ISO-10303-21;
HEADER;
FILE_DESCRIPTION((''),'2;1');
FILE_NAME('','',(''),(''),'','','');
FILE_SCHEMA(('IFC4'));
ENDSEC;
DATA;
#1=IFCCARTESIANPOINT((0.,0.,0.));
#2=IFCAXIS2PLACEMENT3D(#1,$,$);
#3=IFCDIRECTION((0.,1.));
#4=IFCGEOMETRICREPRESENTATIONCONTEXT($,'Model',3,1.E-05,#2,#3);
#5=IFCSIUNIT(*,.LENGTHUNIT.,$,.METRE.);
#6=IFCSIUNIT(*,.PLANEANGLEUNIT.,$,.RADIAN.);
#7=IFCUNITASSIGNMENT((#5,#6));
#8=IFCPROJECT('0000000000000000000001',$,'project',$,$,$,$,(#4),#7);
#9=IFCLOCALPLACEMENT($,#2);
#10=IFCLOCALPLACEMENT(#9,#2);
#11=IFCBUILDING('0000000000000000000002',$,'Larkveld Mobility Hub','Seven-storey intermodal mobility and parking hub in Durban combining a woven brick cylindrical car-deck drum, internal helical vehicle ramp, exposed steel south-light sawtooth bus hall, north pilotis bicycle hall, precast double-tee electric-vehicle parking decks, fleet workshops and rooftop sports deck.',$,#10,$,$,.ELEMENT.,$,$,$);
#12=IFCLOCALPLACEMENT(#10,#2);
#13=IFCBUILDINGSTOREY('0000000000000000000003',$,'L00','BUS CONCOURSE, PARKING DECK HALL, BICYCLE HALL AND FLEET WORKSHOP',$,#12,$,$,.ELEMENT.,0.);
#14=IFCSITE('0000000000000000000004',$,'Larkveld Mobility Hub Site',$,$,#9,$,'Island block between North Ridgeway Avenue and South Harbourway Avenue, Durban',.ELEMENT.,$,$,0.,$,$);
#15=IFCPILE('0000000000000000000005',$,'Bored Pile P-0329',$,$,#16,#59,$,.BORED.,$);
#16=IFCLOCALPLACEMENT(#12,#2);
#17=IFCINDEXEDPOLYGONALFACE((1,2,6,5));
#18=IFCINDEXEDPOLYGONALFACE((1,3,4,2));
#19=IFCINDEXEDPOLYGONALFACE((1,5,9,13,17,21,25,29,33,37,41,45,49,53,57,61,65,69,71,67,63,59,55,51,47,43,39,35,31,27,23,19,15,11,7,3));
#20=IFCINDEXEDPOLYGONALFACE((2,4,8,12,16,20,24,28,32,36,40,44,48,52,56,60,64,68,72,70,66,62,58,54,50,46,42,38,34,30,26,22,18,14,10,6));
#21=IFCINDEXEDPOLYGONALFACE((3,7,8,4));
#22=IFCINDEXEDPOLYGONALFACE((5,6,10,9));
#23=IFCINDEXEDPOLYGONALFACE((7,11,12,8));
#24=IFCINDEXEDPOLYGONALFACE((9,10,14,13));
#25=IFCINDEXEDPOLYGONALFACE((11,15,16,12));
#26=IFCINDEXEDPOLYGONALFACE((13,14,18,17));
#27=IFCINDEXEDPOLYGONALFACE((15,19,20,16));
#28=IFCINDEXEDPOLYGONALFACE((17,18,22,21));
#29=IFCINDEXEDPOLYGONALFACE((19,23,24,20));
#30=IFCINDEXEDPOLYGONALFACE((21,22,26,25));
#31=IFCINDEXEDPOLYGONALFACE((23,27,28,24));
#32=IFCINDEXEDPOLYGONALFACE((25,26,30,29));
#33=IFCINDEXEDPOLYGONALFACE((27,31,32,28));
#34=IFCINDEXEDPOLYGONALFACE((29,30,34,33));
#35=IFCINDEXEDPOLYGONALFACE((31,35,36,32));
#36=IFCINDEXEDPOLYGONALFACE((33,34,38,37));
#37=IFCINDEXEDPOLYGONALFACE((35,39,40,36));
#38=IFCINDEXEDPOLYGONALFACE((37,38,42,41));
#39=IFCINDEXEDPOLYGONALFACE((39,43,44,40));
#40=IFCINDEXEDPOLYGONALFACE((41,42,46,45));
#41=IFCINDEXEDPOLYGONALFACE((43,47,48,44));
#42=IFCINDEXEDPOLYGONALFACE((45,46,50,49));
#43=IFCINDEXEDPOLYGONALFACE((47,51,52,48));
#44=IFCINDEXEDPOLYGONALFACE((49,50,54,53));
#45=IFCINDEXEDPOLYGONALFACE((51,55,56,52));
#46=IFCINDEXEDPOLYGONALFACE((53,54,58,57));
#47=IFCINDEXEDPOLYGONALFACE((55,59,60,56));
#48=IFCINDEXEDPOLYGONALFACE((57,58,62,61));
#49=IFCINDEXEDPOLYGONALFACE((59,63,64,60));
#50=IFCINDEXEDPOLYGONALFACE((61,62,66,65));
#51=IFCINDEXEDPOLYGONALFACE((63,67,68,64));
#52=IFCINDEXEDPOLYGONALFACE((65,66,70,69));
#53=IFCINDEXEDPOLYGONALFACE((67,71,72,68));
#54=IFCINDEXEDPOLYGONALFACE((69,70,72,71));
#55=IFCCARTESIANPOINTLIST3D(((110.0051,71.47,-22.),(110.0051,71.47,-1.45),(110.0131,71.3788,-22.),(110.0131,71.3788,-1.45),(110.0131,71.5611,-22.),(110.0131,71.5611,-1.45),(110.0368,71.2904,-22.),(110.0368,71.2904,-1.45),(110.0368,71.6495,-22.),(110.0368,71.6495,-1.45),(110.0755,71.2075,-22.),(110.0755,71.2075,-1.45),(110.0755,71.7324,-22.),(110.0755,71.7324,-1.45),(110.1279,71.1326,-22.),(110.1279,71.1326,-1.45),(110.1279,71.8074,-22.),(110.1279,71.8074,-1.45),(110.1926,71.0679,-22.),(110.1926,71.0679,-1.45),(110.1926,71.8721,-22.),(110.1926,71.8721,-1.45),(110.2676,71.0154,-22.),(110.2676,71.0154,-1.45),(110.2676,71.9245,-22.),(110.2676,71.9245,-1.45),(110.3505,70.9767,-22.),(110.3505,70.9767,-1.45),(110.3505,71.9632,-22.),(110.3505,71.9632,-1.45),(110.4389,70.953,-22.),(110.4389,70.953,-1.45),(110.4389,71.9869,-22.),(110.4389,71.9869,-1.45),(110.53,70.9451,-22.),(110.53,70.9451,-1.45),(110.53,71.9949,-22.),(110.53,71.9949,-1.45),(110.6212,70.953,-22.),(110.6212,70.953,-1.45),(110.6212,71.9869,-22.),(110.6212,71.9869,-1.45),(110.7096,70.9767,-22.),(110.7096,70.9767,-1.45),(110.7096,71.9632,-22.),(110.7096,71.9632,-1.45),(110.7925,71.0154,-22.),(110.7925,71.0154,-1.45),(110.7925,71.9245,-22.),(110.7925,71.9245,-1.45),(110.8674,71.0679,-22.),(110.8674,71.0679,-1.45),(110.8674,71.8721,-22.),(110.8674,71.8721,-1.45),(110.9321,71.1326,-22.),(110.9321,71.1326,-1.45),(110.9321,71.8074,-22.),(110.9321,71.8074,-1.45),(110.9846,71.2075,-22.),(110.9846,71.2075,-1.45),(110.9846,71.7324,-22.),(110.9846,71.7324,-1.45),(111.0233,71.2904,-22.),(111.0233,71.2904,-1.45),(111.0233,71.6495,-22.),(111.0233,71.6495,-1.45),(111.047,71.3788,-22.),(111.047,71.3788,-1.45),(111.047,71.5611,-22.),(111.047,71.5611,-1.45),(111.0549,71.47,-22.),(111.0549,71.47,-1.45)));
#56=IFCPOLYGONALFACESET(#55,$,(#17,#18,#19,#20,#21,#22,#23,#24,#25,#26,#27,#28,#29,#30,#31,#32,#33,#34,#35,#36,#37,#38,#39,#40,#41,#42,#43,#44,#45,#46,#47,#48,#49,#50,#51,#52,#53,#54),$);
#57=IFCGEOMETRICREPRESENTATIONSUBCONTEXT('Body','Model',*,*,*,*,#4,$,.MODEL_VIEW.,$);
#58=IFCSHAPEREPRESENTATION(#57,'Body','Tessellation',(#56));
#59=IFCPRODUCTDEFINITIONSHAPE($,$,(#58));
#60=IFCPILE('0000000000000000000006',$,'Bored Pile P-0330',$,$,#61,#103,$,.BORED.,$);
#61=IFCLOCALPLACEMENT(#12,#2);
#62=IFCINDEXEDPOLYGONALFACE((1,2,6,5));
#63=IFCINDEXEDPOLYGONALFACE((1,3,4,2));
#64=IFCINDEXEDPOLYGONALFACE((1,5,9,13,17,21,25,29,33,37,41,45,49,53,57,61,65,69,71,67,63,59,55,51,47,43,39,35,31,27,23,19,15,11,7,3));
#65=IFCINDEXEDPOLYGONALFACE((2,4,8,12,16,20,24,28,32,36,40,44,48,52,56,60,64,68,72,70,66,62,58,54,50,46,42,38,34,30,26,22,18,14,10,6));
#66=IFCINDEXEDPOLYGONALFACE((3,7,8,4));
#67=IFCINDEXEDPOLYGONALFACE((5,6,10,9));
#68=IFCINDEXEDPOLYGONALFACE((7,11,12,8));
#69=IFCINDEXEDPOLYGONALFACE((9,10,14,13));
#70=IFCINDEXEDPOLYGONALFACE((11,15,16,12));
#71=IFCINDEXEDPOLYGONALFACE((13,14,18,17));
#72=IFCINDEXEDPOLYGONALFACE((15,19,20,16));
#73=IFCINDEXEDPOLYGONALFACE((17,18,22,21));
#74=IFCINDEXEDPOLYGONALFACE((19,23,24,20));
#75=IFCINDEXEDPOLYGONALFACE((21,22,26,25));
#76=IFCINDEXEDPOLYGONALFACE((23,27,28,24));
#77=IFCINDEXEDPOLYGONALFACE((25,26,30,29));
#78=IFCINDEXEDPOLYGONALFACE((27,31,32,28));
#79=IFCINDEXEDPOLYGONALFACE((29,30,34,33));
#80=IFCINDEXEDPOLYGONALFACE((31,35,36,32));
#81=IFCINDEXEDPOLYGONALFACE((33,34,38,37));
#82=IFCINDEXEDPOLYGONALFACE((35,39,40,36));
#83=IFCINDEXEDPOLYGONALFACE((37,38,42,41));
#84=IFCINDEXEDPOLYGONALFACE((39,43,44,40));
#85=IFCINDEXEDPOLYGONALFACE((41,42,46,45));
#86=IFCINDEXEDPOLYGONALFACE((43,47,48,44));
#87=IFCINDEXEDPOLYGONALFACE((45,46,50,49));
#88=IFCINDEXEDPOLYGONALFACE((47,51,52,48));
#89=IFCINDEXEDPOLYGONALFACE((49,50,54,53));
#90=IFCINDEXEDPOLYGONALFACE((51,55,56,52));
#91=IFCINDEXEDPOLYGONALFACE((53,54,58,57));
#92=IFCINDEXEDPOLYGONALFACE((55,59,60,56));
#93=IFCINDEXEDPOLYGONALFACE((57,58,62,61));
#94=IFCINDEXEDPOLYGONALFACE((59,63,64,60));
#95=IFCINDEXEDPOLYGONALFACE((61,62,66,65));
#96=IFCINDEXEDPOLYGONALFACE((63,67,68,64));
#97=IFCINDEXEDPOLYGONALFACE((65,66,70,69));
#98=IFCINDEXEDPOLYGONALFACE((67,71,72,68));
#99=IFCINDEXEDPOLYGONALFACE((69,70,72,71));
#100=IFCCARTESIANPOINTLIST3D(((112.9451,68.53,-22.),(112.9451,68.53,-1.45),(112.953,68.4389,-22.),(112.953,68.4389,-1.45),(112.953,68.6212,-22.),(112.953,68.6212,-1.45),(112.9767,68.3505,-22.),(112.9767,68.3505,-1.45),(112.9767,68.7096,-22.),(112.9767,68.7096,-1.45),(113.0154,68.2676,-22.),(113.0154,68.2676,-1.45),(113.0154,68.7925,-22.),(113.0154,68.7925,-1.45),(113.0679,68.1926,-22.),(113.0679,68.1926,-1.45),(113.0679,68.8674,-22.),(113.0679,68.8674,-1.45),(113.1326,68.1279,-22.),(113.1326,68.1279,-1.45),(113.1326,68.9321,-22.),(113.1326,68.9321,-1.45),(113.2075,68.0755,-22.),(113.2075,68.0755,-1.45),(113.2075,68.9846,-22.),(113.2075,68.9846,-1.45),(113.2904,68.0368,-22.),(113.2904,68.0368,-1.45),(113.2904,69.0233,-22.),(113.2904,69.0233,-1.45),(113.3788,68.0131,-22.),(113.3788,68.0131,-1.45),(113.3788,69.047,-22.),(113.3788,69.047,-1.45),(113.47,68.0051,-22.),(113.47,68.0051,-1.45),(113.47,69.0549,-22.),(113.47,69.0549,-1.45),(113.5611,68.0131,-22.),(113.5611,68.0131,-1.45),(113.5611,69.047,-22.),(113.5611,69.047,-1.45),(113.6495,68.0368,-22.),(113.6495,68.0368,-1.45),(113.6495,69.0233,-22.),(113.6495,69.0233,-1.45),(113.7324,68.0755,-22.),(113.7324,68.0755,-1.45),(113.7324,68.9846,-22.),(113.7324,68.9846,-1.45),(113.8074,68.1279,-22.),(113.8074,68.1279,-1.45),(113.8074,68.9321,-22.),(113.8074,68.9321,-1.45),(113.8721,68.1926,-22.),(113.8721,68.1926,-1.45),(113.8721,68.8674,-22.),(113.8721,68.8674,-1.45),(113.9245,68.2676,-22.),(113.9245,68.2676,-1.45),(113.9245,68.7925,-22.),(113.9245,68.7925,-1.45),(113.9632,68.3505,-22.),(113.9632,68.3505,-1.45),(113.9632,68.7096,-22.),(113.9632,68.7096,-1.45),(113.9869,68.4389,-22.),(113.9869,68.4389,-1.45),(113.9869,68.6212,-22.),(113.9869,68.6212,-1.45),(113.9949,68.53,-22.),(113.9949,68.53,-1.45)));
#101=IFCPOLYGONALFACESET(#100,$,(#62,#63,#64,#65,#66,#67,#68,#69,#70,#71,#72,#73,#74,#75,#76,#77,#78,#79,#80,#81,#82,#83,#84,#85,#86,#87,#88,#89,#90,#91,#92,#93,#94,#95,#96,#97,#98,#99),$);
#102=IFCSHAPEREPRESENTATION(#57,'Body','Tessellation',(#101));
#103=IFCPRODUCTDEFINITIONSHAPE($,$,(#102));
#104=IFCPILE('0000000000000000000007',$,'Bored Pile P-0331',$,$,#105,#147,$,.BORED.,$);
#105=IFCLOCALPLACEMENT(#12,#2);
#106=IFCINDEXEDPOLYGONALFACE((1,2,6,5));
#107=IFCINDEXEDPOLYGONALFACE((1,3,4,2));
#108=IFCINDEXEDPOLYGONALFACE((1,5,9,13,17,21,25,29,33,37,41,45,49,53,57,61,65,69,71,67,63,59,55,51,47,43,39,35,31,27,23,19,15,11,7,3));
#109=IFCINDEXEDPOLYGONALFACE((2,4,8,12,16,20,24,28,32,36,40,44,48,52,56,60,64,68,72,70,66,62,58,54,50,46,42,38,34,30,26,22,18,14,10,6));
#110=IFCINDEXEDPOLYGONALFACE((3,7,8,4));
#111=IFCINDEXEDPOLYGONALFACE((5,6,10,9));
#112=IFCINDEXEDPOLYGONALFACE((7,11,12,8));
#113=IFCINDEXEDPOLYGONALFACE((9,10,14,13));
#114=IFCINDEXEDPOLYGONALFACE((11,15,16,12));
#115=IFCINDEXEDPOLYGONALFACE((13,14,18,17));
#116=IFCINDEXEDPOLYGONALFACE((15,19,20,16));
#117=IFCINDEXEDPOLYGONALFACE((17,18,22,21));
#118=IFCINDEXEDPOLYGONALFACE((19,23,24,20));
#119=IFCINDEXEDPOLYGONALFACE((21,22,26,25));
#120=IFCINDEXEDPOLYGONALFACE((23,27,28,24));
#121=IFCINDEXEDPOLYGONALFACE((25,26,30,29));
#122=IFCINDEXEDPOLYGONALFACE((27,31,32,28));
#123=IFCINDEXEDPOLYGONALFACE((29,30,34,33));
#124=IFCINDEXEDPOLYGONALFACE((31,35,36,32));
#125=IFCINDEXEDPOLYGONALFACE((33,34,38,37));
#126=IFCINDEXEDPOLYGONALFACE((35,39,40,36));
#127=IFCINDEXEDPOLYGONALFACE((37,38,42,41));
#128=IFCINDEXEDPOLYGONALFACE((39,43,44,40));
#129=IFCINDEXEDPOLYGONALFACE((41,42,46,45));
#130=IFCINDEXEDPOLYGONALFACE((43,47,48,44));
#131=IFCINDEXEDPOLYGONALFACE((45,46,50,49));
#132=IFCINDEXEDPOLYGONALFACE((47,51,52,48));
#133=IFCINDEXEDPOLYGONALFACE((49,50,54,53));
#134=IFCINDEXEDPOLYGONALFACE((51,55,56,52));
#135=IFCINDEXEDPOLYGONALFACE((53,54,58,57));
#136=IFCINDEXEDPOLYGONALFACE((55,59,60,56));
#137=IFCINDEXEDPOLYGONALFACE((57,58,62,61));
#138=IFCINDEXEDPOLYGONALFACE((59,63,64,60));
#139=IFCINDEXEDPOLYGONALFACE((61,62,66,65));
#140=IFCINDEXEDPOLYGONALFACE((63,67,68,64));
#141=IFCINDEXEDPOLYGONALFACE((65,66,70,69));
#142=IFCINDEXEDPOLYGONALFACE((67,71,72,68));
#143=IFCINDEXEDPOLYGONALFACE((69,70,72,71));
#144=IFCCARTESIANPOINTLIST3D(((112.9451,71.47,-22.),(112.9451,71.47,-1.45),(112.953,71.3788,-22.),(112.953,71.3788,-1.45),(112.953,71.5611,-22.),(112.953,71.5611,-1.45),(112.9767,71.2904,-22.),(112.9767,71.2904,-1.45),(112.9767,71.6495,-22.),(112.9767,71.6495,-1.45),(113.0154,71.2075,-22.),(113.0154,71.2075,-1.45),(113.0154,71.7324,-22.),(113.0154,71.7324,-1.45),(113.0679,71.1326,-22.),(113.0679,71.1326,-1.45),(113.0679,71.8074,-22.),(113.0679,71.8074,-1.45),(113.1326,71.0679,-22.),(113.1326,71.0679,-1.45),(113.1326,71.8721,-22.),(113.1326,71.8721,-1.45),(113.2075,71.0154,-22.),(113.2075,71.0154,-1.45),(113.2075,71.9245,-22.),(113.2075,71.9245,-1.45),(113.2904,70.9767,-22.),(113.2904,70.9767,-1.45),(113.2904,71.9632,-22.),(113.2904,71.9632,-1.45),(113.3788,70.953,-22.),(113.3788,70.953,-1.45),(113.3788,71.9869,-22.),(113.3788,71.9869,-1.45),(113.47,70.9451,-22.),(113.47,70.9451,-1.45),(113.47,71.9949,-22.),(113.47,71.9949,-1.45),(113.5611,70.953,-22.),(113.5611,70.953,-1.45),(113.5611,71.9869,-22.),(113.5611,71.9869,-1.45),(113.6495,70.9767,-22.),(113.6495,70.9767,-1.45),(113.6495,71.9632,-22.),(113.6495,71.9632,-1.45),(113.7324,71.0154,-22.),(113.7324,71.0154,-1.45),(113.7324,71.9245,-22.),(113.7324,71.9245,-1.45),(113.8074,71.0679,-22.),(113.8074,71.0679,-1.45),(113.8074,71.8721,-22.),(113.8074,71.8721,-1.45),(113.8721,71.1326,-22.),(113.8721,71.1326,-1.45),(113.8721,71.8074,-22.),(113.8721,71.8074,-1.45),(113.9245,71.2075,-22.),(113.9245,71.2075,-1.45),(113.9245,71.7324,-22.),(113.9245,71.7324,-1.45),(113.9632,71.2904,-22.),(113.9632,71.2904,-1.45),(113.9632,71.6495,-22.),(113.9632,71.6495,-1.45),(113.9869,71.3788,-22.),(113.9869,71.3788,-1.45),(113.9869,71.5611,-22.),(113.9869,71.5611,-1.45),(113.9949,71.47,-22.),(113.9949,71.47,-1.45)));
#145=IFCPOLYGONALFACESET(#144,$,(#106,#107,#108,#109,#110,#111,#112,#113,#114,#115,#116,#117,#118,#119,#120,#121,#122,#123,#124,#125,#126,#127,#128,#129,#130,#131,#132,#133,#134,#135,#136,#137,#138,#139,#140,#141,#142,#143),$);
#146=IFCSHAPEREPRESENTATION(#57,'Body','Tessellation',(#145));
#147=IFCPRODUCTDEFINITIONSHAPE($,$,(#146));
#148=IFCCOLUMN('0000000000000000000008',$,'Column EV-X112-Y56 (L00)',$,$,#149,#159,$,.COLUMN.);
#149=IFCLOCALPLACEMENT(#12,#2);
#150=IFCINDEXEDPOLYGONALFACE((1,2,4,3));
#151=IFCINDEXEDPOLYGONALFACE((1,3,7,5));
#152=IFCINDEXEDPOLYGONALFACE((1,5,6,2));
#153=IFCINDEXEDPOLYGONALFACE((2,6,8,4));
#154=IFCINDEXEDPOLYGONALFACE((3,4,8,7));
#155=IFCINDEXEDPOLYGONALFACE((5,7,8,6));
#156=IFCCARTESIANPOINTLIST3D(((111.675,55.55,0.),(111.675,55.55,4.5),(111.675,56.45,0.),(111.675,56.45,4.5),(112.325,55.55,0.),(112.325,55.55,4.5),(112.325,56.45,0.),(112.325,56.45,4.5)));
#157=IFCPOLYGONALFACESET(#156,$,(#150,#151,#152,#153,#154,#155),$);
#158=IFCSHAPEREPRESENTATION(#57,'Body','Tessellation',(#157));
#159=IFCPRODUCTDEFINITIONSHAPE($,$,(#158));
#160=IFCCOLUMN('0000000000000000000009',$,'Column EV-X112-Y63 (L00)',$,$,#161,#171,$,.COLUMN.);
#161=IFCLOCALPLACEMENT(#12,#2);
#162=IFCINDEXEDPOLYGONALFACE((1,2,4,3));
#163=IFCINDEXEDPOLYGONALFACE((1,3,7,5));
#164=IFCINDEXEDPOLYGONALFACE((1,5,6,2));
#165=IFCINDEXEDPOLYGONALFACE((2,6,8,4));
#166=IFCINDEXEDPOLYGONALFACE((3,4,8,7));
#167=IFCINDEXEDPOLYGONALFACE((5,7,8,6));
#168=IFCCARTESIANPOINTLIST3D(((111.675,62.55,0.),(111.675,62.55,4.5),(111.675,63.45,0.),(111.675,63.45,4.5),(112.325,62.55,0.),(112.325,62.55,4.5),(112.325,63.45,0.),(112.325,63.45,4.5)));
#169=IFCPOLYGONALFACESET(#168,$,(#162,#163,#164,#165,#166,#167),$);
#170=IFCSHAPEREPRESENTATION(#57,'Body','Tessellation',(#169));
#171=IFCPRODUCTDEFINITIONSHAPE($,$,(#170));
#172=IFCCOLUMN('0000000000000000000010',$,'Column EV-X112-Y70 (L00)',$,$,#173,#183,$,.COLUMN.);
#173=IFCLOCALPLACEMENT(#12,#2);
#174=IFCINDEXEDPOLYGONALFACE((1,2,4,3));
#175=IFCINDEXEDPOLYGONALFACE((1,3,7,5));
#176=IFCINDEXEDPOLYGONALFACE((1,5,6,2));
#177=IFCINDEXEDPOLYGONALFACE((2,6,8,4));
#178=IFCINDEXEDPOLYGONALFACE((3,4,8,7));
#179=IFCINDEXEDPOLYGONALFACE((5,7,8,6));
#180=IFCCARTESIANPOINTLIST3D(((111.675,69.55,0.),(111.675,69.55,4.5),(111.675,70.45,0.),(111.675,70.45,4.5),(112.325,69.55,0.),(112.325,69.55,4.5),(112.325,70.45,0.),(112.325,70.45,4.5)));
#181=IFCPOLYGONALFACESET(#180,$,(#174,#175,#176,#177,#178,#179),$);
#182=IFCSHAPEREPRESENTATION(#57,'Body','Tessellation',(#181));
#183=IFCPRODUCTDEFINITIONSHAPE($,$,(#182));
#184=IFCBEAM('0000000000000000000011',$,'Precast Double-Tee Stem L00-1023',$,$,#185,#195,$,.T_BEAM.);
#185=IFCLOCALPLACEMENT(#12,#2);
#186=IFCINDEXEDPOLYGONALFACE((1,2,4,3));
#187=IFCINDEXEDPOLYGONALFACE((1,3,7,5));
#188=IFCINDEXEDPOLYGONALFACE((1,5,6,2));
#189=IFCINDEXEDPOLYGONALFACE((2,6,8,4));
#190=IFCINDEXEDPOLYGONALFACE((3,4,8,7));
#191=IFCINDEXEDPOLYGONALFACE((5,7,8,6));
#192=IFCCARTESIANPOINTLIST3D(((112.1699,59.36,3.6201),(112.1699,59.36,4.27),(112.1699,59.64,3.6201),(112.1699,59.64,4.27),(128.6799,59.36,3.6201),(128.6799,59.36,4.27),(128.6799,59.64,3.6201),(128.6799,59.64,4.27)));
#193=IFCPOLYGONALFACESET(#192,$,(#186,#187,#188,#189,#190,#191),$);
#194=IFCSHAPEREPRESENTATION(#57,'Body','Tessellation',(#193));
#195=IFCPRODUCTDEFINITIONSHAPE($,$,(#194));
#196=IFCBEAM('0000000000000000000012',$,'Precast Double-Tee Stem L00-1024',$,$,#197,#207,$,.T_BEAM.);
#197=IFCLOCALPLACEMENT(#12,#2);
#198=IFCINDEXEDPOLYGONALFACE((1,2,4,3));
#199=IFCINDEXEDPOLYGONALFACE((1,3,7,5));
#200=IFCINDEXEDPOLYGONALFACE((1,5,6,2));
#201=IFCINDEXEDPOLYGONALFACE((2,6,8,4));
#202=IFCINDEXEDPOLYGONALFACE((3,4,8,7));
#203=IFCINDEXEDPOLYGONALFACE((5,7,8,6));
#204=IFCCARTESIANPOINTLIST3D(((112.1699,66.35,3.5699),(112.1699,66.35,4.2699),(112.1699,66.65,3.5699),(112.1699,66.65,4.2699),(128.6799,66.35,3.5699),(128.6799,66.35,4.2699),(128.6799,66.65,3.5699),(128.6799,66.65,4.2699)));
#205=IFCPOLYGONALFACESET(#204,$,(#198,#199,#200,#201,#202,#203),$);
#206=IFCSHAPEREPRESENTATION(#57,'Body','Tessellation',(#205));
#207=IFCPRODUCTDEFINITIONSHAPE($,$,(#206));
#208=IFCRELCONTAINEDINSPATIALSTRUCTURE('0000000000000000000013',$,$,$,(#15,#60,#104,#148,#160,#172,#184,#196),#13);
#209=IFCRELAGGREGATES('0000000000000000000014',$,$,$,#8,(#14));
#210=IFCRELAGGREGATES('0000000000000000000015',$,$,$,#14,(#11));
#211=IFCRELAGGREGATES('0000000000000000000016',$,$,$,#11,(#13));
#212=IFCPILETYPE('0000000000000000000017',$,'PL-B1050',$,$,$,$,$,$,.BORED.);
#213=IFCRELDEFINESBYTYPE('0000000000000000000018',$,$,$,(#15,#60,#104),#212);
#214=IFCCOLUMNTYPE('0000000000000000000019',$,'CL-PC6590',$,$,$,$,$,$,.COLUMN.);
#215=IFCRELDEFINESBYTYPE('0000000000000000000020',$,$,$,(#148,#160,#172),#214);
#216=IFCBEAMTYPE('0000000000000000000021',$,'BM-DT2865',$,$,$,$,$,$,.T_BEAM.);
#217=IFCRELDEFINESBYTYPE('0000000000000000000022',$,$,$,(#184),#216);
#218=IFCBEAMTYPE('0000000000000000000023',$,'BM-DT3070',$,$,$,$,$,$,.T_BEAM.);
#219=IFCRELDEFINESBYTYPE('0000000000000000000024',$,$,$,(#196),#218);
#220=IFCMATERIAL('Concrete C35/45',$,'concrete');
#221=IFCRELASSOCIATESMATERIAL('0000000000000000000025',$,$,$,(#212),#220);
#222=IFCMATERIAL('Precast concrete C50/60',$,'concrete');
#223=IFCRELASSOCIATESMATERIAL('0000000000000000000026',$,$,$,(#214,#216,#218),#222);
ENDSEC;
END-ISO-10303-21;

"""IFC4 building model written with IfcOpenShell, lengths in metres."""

from ifc_helpers import new_model, si_unit, direction, frame, origin, origin_2d, place, context, subcontext, project, spatial, rectangle, circle, extrude, material, material_profile, profile_set, type_object, element, save


model = new_model("IFC4")

# Units and contexts
model_context = context("Model", 3, precision=1e-05, world=origin(), true_north=direction((0.0, 1.0)))
body_context = subcontext(model_context, "Body", "Model", "MODEL_VIEW")
ifc_project = project(units=[si_unit("LENGTHUNIT", "METRE"), si_unit("PLANEANGLEUNIT", "RADIAN")], contexts=[model_context])

# Site, building, storey
site_placement = place(None, origin())
site = spatial("IfcSite", under=ifc_project, at=site_placement, Name="Larkveld Mobility Hub Site", LongName="Island block between North Ridgeway Avenue and South Harbourway Avenue, Durban", CompositionType="ELEMENT", RefElevation=0.0)
building_placement = place(site_placement, origin())
building = spatial("IfcBuilding", under=site, at=building_placement, Name="Larkveld Mobility Hub", Description="Seven-storey intermodal mobility and parking hub in Durban combining a woven brick cylindrical car-deck drum, internal helical vehicle ramp, exposed steel south-light sawtooth bus hall, north pilotis bicycle hall, precast double-tee electric-vehicle parking decks, fleet workshops and rooftop sports deck.", CompositionType="ELEMENT")
storey_placement = place(building_placement, origin())
storey = spatial("IfcBuildingStorey", under=building, at=storey_placement, Name="L00", Description="BUS CONCOURSE, PARKING DECK HALL, BICYCLE HALL AND FLEET WORKSHOP", CompositionType="ELEMENT", Elevation=0.0)

# Shared definitions
ifc_material_1 = material(Name="Concrete C35/45", Category="concrete")

# Piles
ifc_material_profile_1 = material_profile(ifc_material_1, circle(Radius=0.5249, at=origin_2d()), Name="PILE D1050")
ifc_profile_set_1 = profile_set([ifc_material_profile_1], Name="Concrete C35/45")
pile_type = type_object("IfcPileType", Name="PL-B1050", PredefinedType="BORED", material=ifc_profile_set_1)
for number, where, z_axis, x_axis, name in (
    (1, (110.53, 71.47, -1.45), (0.0, 0.0, -1.0), (1.0, 0.0, 0.0), "Bored Pile P-0329"),
    (2, (113.47, 68.53, -1.45), (0.0, 0.0, -1.0), (1.0, 0.0, 0.0), "Bored Pile P-0330"),
    (3, (113.47, 71.47, -1.45), (0.0, 0.0, -1.0), (1.0, 0.0, 0.0), "Bored Pile P-0331"),
):
    element("IfcPile", number, at=place(storey_placement, frame(where, z_axis=z_axis, x_axis=x_axis)), inside=storey, type_object=pile_type, Name=name, PredefinedType="BORED", context=body_context, shape_type="SweptSolid", body=[
        extrude(circle(Radius=0.5249, at=origin_2d()), origin(), (0.0, 0.0, 1.0), 20.55),
    ])

# Columns
ifc_material_2 = material(Name="Precast concrete C50/60", Category="concrete")
ifc_material_profile_2 = material_profile(ifc_material_2, rectangle(XDim=0.6499, YDim=0.8999, at=origin_2d()), Name="RC COL 650x900")
ifc_profile_set_2 = profile_set([ifc_material_profile_2], Name="Precast concrete C50/60")
column_type = type_object("IfcColumnType", Name="CL-PC6590", PredefinedType="COLUMN", material=ifc_profile_set_2)
for number, where, z_axis, x_axis, name in (
    (4, (112.0, 56.0, 0.0), (0.0, 0.0, 1.0), (1.0, 0.0, 0.0), "Column EV-X112-Y56 (L00)"),
    (5, (112.0, 63.0, 0.0), (0.0, 0.0, 1.0), (1.0, 0.0, 0.0), "Column EV-X112-Y63 (L00)"),
    (6, (112.0, 70.0, 0.0), (0.0, 0.0, 1.0), (1.0, 0.0, 0.0), "Column EV-X112-Y70 (L00)"),
):
    element("IfcColumn", number, at=place(storey_placement, frame(where, z_axis=z_axis, x_axis=x_axis)), inside=storey, type_object=column_type, Name=name, PredefinedType="COLUMN", context=body_context, shape_type="SweptSolid", body=[
        extrude(rectangle(XDim=0.6499, YDim=0.8999, at=origin_2d()), origin(), (0.0, 0.0, 1.0), 4.5),
    ])

# Beams
ifc_material_profile_3 = material_profile(ifc_material_2, rectangle(XDim=0.28, YDim=0.6499, at=origin_2d()), Name="PC DT 280x650")
ifc_profile_set_3 = profile_set([ifc_material_profile_3], Name="Precast concrete C50/60")
beam_type_1 = type_object("IfcBeamType", Name="BM-DT2865", PredefinedType="T_BEAM", material=ifc_profile_set_3)
beam_1_placement = place(storey_placement, frame((112.1699, 59.5, 3.9451), z_axis=(1.0, 0.0, 0.0), x_axis=(0.0, 1.0, 0.0)))
element("IfcBeam", 7, at=beam_1_placement, inside=storey, type_object=beam_type_1, Name="Precast Double-Tee Stem L00-1023", PredefinedType="T_BEAM", context=body_context, shape_type="SweptSolid", body=[
    extrude(rectangle(XDim=0.28, YDim=0.6499, at=origin_2d()), origin(), (0.0, 0.0, 1.0), 16.51),
])
ifc_material_profile_4 = material_profile(ifc_material_2, rectangle(XDim=0.3, YDim=0.7, at=origin_2d()), Name="PC DT 300x700")
ifc_profile_set_4 = profile_set([ifc_material_profile_4], Name="Precast concrete C50/60")
beam_type_2 = type_object("IfcBeamType", Name="BM-DT3070", PredefinedType="T_BEAM", material=ifc_profile_set_4)
beam_2_placement = place(storey_placement, frame((112.1699, 66.5, 3.9199), z_axis=(1.0, 0.0, 0.0), x_axis=(0.0, 1.0, 0.0)))
element("IfcBeam", 8, at=beam_2_placement, inside=storey, type_object=beam_type_2, Name="Precast Double-Tee Stem L00-1024", PredefinedType="T_BEAM", context=body_context, shape_type="SweptSolid", body=[
    extrude(rectangle(XDim=0.3, YDim=0.7, at=origin_2d()), origin(), (0.0, 0.0, 1.0), 16.51),
])

save(model, "model.ifc")
